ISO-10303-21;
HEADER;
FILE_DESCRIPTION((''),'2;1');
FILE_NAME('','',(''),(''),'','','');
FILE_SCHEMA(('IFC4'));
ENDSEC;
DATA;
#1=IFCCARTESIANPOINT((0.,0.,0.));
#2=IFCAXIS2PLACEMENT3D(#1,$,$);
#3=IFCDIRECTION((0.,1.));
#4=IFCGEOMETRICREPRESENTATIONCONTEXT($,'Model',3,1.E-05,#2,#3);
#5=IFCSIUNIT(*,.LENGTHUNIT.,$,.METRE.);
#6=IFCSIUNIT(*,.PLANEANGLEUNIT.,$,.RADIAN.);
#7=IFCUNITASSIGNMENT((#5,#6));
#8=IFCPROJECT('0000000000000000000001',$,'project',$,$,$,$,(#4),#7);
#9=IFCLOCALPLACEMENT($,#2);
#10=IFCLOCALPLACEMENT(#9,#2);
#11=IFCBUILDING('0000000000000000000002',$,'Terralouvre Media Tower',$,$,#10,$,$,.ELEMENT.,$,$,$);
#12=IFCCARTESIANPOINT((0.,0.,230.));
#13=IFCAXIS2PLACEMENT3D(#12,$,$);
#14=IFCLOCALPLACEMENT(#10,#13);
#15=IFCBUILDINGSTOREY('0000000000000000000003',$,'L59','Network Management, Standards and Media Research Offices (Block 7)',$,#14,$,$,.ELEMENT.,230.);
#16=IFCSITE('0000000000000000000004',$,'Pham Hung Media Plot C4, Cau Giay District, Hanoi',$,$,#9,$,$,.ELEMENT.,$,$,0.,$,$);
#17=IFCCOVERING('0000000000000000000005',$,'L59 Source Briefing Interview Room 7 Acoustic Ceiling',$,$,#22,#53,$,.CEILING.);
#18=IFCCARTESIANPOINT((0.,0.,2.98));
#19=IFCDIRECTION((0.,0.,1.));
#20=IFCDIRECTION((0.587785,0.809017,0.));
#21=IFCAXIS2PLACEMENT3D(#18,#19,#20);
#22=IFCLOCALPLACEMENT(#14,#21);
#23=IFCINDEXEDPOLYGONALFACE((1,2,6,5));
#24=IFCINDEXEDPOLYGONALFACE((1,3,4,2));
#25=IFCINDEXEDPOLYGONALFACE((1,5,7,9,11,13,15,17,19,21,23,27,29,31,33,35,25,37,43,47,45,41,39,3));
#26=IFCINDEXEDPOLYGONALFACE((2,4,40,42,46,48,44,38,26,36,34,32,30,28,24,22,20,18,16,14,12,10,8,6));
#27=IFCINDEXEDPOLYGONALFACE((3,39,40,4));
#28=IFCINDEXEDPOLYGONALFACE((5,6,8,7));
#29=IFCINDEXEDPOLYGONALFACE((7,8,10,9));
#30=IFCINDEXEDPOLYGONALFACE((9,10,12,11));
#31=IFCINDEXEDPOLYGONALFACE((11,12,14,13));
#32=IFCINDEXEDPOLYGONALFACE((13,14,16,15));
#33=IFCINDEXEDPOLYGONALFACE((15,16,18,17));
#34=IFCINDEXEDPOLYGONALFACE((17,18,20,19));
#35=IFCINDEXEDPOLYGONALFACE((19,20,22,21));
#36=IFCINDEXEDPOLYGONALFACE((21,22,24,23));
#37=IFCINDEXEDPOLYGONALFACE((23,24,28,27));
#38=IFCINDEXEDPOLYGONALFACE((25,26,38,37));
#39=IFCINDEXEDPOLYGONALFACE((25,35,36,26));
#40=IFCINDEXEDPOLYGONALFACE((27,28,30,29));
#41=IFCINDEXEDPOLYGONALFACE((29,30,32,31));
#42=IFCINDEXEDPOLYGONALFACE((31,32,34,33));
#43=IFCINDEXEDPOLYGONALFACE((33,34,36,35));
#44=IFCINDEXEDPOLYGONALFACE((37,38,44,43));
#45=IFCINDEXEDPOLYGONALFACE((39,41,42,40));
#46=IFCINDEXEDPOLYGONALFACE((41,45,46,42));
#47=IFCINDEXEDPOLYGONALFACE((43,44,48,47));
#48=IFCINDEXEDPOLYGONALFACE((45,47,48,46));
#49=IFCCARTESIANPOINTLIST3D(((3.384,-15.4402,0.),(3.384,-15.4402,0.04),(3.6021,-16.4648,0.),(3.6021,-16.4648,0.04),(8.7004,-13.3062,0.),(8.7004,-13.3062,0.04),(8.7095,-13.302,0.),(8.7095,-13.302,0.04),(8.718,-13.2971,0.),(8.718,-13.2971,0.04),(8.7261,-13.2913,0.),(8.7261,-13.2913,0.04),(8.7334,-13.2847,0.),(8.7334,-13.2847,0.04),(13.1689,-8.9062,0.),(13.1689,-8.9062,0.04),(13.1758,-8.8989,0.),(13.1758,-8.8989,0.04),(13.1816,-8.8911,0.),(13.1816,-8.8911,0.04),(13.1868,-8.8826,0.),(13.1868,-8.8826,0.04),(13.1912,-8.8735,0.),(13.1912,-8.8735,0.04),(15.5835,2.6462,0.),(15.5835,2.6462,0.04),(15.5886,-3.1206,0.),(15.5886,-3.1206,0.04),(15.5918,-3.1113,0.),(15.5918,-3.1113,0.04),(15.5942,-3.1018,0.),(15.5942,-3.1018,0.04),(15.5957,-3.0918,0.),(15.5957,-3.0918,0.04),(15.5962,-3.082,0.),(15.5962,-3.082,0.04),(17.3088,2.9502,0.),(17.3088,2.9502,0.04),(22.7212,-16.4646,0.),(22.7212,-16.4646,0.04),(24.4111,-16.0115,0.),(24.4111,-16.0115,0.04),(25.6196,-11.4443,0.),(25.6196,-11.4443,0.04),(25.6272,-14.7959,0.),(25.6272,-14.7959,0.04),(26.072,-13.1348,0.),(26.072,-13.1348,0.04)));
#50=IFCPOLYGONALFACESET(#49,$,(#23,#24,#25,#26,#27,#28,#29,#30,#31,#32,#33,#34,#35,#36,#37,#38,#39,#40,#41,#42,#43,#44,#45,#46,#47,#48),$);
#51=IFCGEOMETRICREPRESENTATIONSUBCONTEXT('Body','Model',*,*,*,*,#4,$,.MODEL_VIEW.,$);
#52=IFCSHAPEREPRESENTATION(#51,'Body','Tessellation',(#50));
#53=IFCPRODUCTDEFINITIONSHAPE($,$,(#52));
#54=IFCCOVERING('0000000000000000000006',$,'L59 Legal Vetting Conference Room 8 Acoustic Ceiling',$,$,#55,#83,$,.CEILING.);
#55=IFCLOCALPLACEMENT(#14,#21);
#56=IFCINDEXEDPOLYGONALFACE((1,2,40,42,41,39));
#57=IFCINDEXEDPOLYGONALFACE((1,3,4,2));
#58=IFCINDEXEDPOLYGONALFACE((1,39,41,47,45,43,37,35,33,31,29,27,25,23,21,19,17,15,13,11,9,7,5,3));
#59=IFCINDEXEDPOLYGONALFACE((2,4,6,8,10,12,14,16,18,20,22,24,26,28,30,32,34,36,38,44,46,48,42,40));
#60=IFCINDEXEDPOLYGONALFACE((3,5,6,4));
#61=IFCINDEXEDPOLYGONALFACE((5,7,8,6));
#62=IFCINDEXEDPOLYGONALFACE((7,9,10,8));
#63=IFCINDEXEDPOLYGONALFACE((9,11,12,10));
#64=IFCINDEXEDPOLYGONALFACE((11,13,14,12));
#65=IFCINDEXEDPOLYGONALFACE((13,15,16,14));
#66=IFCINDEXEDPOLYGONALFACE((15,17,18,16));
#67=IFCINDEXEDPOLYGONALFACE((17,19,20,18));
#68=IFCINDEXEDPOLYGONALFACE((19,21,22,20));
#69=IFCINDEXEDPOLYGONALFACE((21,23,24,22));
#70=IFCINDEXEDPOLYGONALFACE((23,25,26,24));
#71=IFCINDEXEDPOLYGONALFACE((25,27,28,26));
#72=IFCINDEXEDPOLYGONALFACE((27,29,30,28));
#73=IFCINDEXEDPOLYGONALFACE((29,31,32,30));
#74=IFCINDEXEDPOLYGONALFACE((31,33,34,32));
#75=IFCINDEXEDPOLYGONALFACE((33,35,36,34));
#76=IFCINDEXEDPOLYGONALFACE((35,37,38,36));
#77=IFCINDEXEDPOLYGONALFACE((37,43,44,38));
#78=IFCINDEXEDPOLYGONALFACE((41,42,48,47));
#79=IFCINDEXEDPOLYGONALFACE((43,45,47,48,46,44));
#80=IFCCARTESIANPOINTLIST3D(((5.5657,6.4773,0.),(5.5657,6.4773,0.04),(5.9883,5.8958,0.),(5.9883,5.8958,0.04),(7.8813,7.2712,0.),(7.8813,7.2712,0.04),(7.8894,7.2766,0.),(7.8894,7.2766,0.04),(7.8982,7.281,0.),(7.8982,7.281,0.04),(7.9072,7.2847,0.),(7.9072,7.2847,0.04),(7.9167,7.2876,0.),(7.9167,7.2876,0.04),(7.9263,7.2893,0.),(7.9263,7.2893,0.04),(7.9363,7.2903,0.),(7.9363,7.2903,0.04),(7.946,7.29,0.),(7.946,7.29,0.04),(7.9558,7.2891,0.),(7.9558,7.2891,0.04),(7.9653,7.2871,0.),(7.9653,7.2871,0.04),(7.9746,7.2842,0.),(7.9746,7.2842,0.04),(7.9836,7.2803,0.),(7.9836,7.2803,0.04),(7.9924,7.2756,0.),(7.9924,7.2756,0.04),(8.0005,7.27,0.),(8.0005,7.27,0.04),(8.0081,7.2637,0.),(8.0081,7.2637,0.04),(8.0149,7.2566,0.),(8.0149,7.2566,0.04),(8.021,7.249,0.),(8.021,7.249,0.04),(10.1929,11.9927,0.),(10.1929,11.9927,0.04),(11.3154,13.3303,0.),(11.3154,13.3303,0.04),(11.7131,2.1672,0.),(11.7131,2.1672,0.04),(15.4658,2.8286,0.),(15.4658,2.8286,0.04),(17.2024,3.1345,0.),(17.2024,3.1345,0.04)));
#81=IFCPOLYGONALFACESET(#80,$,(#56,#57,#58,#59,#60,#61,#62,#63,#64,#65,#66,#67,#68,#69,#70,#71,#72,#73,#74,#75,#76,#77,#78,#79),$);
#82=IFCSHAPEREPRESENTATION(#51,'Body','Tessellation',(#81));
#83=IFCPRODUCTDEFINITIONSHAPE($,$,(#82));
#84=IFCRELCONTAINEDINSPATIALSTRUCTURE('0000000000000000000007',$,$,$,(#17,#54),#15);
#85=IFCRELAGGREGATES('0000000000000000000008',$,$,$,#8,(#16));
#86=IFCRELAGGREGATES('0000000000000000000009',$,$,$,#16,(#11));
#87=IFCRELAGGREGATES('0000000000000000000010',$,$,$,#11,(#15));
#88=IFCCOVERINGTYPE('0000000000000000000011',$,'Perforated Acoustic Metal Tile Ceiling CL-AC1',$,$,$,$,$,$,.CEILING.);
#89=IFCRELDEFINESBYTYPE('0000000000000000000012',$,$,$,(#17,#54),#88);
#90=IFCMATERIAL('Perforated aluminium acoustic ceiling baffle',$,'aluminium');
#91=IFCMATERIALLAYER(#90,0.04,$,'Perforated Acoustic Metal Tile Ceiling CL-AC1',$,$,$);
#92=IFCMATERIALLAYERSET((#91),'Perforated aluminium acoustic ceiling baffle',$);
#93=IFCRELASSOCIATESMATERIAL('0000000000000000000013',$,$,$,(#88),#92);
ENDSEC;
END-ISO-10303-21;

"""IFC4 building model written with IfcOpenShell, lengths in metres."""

from ifc_helpers import new_model, si_unit, direction, frame, origin, place, context, subcontext, project, spatial, polyline, outline, extrude, material, layer, layer_set, type_object, element, save


model = new_model("IFC4")

# Units and contexts
model_context = context("Model", 3, precision=1e-05, world=origin(), true_north=direction((0.0, 1.0)))
body_context = subcontext(model_context, "Body", "Model", "MODEL_VIEW")
ifc_project = project(units=[si_unit("LENGTHUNIT", "METRE"), si_unit("PLANEANGLEUNIT", "RADIAN")], contexts=[model_context])

# Site, building, storey
site_placement = place(None, origin())
site = spatial("IfcSite", under=ifc_project, at=site_placement, Name="Pham Hung Media Plot C4, Cau Giay District, Hanoi", CompositionType="ELEMENT", RefElevation=0.0)
building_placement = place(site_placement, origin())
building = spatial("IfcBuilding", under=site, at=building_placement, Name="Terralouvre Media Tower", CompositionType="ELEMENT")
storey_placement = place(building_placement, frame((0.0, 0.0, 230.0)))
storey = spatial("IfcBuildingStorey", under=building, at=storey_placement, Name="L59", Description="Network Management, Standards and Media Research Offices (Block 7)", CompositionType="ELEMENT", Elevation=230.0)

# Coverings
ifc_material_1 = material(Name="Perforated aluminium acoustic ceiling baffle", Category="aluminium")
ifc_layer_1 = layer(ifc_material_1, 0.04, Name="Perforated Acoustic Metal Tile Ceiling CL-AC1")
ifc_layer_set_1 = layer_set([ifc_layer_1], Name="Perforated aluminium acoustic ceiling baffle")
covering_type = type_object("IfcCoveringType", Name="Perforated Acoustic Metal Tile Ceiling CL-AC1", PredefinedType="CEILING", material=ifc_layer_set_1)
covering_1_placement = place(storey_placement, frame((0.0, 0.0, 2.98), z_axis=(0.0, 0.0, 1.0), x_axis=(0.587785, 0.809017, 0.0)))
element("IfcCovering", 1, at=covering_1_placement, inside=storey, type_object=covering_type, Name="L59 Source Briefing Interview Room 7 Acoustic Ceiling", PredefinedType="CEILING", context=body_context, shape_type="SweptSolid", body=[
    extrude(outline(polyline([(15.5962, -3.082), (15.5957, -3.0918), (15.5942, -3.1018), (15.5918, -3.1113), (15.5886, -3.1206), (13.1912, -8.8735), (13.1868, -8.8826), (13.1816, -8.8911), (13.1758, -8.8989), (13.1689, -8.9062), (8.7334, -13.2847), (8.7261, -13.2913), (8.718, -13.2971), (8.7095, -13.302), (8.7004, -13.3062), (3.384, -15.4402), (3.6021, -16.4648), (22.7212, -16.4646), (24.4111, -16.0115), (25.6272, -14.7959), (26.072, -13.1348), (25.6196, -11.4443), (17.3088, 2.9502), (15.5835, 2.6462), (15.5962, -3.082)])), origin(), (0.0, 0.0, 1.0), 0.04),
])
covering_2_placement = place(storey_placement, frame((0.0, 0.0, 2.98), z_axis=(0.0, 0.0, 1.0), x_axis=(0.587785, 0.809017, 0.0)))
element("IfcCovering", 2, at=covering_2_placement, inside=storey, type_object=covering_type, Name="L59 Legal Vetting Conference Room 8 Acoustic Ceiling", PredefinedType="CEILING", context=body_context, shape_type="SweptSolid", body=[
    extrude(outline(polyline([(5.5657, 6.4773), (5.9883, 5.8958), (7.8813, 7.2712), (7.8894, 7.2766), (7.8982, 7.281), (7.9072, 7.2847), (7.9167, 7.2876), (7.9263, 7.2893), (7.9363, 7.2903), (7.946, 7.29), (7.9558, 7.2891), (7.9653, 7.2871), (7.9746, 7.2842), (7.9836, 7.2803), (7.9924, 7.2756), (8.0005, 7.27), (8.0081, 7.2637), (8.0149, 7.2566), (8.021, 7.249), (11.7131, 2.1672), (15.4658, 2.8286), (17.2024, 3.1345), (11.3154, 13.3303), (10.1929, 11.9927), (5.5657, 6.4773)])), origin(), (0.0, 0.0, 1.0), 0.04),
])

save(model, "model.ifc")
